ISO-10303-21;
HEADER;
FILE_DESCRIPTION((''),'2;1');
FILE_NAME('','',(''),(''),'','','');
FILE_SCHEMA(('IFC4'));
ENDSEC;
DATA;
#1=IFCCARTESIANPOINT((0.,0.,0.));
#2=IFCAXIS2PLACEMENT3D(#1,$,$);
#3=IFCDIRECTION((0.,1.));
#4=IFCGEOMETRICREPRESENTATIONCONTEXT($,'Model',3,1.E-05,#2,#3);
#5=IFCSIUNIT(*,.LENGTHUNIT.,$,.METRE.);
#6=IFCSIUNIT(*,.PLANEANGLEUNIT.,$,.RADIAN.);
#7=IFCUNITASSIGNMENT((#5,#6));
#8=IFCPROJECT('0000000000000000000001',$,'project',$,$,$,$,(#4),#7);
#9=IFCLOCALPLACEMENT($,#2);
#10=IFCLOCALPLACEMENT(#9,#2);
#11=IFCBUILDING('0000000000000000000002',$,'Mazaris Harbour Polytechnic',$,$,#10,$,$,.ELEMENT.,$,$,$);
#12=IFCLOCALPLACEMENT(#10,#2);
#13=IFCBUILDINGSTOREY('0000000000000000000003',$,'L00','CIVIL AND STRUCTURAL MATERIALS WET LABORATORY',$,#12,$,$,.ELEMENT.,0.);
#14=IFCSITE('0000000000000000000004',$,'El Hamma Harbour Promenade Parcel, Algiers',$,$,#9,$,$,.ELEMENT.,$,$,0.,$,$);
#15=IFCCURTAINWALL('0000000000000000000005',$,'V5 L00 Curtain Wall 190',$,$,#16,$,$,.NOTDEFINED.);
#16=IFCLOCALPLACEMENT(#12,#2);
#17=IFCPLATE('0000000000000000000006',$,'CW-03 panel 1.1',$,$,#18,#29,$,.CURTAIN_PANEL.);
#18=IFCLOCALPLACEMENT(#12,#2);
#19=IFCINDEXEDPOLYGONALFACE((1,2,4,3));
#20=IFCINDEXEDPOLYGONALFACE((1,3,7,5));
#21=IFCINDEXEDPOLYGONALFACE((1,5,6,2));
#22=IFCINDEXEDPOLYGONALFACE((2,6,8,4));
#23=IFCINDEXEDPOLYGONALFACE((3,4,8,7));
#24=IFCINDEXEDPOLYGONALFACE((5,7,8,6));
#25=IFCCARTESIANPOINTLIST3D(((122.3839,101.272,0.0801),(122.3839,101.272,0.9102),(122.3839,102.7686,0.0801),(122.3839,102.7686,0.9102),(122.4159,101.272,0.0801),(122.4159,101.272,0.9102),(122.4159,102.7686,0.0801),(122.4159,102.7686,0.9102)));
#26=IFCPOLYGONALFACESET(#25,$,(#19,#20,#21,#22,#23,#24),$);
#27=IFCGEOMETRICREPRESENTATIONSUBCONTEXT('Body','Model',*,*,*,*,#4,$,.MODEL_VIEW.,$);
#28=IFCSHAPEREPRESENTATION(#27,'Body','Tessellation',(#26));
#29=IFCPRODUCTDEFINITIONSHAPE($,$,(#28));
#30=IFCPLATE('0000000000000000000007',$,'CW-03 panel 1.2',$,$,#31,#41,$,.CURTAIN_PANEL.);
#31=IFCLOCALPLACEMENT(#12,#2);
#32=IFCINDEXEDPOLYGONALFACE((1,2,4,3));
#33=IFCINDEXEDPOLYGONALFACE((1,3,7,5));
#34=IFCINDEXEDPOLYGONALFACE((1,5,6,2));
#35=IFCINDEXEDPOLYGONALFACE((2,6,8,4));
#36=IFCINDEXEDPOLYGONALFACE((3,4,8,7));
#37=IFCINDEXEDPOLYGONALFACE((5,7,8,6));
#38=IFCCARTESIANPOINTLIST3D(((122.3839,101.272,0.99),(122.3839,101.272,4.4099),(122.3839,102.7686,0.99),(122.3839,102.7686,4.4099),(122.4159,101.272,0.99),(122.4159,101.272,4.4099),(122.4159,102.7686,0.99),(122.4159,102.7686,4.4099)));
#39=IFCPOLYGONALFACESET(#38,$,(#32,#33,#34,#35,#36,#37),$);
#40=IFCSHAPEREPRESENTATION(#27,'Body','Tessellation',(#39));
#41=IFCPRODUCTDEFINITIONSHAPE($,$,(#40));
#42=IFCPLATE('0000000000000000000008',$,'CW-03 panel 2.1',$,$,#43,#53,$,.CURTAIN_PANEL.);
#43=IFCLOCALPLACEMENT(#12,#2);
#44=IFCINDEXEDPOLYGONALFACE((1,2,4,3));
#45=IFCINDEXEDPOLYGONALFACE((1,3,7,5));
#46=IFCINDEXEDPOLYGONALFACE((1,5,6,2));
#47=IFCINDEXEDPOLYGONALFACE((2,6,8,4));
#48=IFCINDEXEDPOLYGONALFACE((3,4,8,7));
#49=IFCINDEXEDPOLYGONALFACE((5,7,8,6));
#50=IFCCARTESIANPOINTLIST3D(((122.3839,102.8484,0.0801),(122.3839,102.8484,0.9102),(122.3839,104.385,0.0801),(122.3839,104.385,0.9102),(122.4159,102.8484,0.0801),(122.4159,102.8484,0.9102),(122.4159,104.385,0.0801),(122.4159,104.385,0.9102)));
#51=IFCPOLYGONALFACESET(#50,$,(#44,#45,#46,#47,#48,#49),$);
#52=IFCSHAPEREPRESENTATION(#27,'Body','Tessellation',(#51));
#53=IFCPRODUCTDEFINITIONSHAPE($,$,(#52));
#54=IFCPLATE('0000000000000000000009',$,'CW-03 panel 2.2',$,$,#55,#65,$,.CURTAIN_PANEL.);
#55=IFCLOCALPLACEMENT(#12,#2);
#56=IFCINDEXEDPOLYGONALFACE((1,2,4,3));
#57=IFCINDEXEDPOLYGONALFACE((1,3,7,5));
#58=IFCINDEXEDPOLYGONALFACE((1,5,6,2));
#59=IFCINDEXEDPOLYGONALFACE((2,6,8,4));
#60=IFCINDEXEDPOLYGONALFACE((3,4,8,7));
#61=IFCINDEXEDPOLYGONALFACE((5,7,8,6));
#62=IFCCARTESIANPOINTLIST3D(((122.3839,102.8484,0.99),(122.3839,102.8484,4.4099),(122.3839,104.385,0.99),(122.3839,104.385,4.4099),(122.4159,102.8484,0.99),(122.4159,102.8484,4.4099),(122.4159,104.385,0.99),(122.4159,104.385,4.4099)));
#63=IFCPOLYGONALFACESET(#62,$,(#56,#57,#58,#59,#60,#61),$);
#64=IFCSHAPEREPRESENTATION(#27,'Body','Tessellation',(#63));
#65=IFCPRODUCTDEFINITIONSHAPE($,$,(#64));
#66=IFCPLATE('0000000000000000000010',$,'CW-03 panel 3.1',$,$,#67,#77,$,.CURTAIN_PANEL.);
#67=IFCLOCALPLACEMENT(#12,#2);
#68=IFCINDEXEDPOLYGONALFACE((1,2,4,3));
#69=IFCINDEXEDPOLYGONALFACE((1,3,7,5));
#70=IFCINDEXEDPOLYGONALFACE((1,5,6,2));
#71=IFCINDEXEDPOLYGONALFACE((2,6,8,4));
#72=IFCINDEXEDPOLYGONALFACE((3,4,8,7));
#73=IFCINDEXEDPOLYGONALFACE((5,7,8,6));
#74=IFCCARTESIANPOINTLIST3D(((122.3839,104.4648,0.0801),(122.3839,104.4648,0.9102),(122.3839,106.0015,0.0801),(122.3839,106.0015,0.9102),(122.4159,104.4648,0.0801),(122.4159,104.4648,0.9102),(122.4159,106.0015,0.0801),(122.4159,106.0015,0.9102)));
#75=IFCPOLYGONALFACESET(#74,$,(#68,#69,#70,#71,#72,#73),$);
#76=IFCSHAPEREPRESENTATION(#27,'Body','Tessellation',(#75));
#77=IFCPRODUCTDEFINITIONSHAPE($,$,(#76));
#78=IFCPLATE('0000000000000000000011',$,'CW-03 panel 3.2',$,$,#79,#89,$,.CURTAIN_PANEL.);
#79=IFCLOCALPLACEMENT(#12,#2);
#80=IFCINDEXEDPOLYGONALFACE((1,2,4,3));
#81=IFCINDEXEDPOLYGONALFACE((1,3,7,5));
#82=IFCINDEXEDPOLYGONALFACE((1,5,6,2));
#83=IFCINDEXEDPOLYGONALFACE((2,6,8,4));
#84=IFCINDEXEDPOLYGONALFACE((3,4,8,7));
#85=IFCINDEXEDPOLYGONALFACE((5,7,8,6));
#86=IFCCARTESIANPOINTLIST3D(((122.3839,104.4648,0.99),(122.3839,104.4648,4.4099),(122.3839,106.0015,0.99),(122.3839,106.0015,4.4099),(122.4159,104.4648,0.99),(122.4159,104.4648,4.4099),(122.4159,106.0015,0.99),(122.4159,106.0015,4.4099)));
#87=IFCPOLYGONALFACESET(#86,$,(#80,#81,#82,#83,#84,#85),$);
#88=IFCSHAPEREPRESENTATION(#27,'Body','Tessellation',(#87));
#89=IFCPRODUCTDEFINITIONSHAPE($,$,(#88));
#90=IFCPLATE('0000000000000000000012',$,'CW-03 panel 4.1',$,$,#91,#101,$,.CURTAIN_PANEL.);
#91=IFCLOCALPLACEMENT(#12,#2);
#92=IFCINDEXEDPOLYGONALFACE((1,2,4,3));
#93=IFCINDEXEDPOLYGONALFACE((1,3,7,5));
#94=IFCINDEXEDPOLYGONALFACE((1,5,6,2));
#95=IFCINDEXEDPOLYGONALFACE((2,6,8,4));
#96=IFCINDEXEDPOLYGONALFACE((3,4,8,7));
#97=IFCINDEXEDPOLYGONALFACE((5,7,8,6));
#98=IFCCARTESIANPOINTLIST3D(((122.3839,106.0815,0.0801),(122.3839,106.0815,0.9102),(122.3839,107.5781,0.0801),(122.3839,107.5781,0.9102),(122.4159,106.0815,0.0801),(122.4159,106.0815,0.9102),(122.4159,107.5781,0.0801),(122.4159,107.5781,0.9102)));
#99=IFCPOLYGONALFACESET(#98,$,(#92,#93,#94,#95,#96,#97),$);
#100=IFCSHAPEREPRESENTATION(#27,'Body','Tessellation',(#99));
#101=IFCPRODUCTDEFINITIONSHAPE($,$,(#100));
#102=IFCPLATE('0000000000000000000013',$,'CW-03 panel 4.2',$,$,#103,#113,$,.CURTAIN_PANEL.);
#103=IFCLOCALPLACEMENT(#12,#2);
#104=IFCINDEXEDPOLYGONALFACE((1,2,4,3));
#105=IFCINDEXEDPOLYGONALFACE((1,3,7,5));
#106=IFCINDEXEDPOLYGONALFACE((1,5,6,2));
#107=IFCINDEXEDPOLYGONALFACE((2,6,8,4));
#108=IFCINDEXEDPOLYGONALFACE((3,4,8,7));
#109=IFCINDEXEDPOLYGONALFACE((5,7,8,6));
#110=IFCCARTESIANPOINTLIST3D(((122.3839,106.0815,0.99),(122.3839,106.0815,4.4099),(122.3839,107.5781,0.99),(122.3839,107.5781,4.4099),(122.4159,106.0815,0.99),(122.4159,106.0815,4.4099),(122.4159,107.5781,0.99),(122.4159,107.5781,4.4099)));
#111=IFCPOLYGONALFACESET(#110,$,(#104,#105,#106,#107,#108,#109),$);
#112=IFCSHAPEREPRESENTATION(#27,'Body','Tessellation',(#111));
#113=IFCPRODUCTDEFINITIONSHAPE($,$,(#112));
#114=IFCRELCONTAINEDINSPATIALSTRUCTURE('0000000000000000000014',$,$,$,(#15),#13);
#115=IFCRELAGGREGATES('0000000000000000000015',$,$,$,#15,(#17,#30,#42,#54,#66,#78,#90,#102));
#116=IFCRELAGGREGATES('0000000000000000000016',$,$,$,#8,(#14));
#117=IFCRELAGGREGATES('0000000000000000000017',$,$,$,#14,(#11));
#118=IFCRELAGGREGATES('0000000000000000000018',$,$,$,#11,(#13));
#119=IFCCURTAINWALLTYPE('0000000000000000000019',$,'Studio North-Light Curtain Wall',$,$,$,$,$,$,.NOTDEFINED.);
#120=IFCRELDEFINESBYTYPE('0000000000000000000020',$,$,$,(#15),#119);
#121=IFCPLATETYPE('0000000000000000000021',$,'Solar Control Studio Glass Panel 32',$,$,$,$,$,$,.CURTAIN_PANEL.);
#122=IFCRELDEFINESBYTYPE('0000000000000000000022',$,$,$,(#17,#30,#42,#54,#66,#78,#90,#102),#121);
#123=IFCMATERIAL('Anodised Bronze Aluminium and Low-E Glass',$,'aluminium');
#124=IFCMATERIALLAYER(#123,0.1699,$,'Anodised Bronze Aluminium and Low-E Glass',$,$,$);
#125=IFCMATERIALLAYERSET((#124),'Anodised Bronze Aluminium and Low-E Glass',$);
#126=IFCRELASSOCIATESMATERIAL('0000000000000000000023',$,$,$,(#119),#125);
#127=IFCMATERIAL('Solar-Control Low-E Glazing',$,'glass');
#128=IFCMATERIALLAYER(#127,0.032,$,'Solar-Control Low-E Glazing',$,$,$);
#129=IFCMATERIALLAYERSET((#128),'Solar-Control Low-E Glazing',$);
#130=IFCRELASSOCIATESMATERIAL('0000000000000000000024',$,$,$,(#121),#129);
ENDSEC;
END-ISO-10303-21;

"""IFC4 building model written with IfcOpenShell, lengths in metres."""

from ifc_helpers import new_model, si_unit, direction, frame, origin, origin_2d, place, context, subcontext, project, spatial, rectangle, extrude, material, layer, layer_set, type_object, element, aggregate, save


model = new_model("IFC4")

# Units and contexts
model_context = context("Model", 3, precision=1e-05, world=origin(), true_north=direction((0.0, 1.0)))
body_context = subcontext(model_context, "Body", "Model", "MODEL_VIEW")
ifc_project = project(units=[si_unit("LENGTHUNIT", "METRE"), si_unit("PLANEANGLEUNIT", "RADIAN")], contexts=[model_context])

# Site, building, storey
site_placement = place(None, origin())
site = spatial("IfcSite", under=ifc_project, at=site_placement, Name="El Hamma Harbour Promenade Parcel, Algiers", CompositionType="ELEMENT", RefElevation=0.0)
building_placement = place(site_placement, origin())
building = spatial("IfcBuilding", under=site, at=building_placement, Name="Mazaris Harbour Polytechnic", CompositionType="ELEMENT")
storey_placement = place(building_placement, origin())
storey = spatial("IfcBuildingStorey", under=building, at=storey_placement, Name="L00", Description="CIVIL AND STRUCTURAL MATERIALS WET LABORATORY", CompositionType="ELEMENT", Elevation=0.0)

# Shared definitions
ifc_material_1 = material(Name="Anodised Bronze Aluminium and Low-E Glass", Category="aluminium")
ifc_layer_1 = layer(ifc_material_1, 0.1699, Name="Anodised Bronze Aluminium and Low-E Glass")
ifc_layer_set_1 = layer_set([ifc_layer_1], Name="Anodised Bronze Aluminium and Low-E Glass")
curtain_wall_type = type_object("IfcCurtainWallType", Name="Studio North-Light Curtain Wall", PredefinedType="NOTDEFINED", material=ifc_layer_set_1)

# Curtain wall
curtain_wall_1_placement = place(storey_placement, origin())
curtain_wall_1 = element("IfcCurtainWall", 1, at=curtain_wall_1_placement, inside=storey, type_object=curtain_wall_type, Name="V5 L00 Curtain Wall 190", PredefinedType="NOTDEFINED")

# Plates
ifc_material_2 = material(Name="Solar-Control Low-E Glazing", Category="glass")
ifc_layer_2 = layer(ifc_material_2, 0.032, Name="Solar-Control Low-E Glazing")
ifc_layer_set_2 = layer_set([ifc_layer_2], Name="Solar-Control Low-E Glazing")
plate_type = type_object("IfcPlateType", Name="Solar Control Studio Glass Panel 32", PredefinedType="CURTAIN_PANEL", material=ifc_layer_set_2)
plate_1_placement = place(storey_placement, frame((122.3999, 102.0203, 0.0801), z_axis=(0.0, 0.0, 1.0), x_axis=(0.0, 1.0, 0.0)))
plate_1 = element("IfcPlate", 2, at=plate_1_placement, type_object=plate_type, Name="CW-03 panel 1.1", PredefinedType="CURTAIN_PANEL", context=body_context, shape_type="SweptSolid", body=[
    extrude(rectangle(XDim=1.4966, YDim=0.032, at=origin_2d()), origin(), (0.0, 0.0, 1.0), 0.8301),
])
plate_2_placement = place(storey_placement, frame((122.3999, 102.0203, 0.99), z_axis=(0.0, 0.0, 1.0), x_axis=(0.0, 1.0, 0.0)))
plate_2 = element("IfcPlate", 3, at=plate_2_placement, type_object=plate_type, Name="CW-03 panel 1.2", PredefinedType="CURTAIN_PANEL", context=body_context, shape_type="SweptSolid", body=[
    extrude(rectangle(XDim=1.4966, YDim=0.032, at=origin_2d()), origin(), (0.0, 0.0, 1.0), 3.4199),
])
plate_3_placement = place(storey_placement, frame((122.3999, 103.6167, 0.0801), z_axis=(0.0, 0.0, 1.0), x_axis=(0.0, 1.0, 0.0)))
plate_3 = element("IfcPlate", 4, at=plate_3_placement, type_object=plate_type, Name="CW-03 panel 2.1", PredefinedType="CURTAIN_PANEL", context=body_context, shape_type="SweptSolid", body=[
    extrude(rectangle(XDim=1.5366, YDim=0.032, at=origin_2d()), origin(), (0.0, 0.0, 1.0), 0.8301),
])
plate_4_placement = place(storey_placement, frame((122.3999, 103.6167, 0.99), z_axis=(0.0, 0.0, 1.0), x_axis=(0.0, 1.0, 0.0)))
plate_4 = element("IfcPlate", 5, at=plate_4_placement, type_object=plate_type, Name="CW-03 panel 2.2", PredefinedType="CURTAIN_PANEL", context=body_context, shape_type="SweptSolid", body=[
    extrude(rectangle(XDim=1.5366, YDim=0.032, at=origin_2d()), origin(), (0.0, 0.0, 1.0), 3.4199),
])
plate_5_placement = place(storey_placement, frame((122.3999, 105.2332, 0.0801), z_axis=(0.0, 0.0, 1.0), x_axis=(0.0, 1.0, 0.0)))
plate_5 = element("IfcPlate", 6, at=plate_5_placement, type_object=plate_type, Name="CW-03 panel 3.1", PredefinedType="CURTAIN_PANEL", context=body_context, shape_type="SweptSolid", body=[
    extrude(rectangle(XDim=1.5366, YDim=0.032, at=origin_2d()), origin(), (0.0, 0.0, 1.0), 0.8301),
])
plate_6_placement = place(storey_placement, frame((122.3999, 105.2332, 0.99), z_axis=(0.0, 0.0, 1.0), x_axis=(0.0, 1.0, 0.0)))
plate_6 = element("IfcPlate", 7, at=plate_6_placement, type_object=plate_type, Name="CW-03 panel 3.2", PredefinedType="CURTAIN_PANEL", context=body_context, shape_type="SweptSolid", body=[
    extrude(rectangle(XDim=1.5366, YDim=0.032, at=origin_2d()), origin(), (0.0, 0.0, 1.0), 3.4199),
])
plate_7_placement = place(storey_placement, frame((122.3999, 106.8298, 0.0801), z_axis=(0.0, 0.0, 1.0), x_axis=(0.0, 1.0, 0.0)))
plate_7 = element("IfcPlate", 8, at=plate_7_placement, type_object=plate_type, Name="CW-03 panel 4.1", PredefinedType="CURTAIN_PANEL", context=body_context, shape_type="SweptSolid", body=[
    extrude(rectangle(XDim=1.4966, YDim=0.032, at=origin_2d()), origin(), (0.0, 0.0, 1.0), 0.8301),
])
plate_8_placement = place(storey_placement, frame((122.3999, 106.8298, 0.99), z_axis=(0.0, 0.0, 1.0), x_axis=(0.0, 1.0, 0.0)))
plate_8 = element("IfcPlate", 9, at=plate_8_placement, type_object=plate_type, Name="CW-03 panel 4.2", PredefinedType="CURTAIN_PANEL", context=body_context, shape_type="SweptSolid", body=[
    extrude(rectangle(XDim=1.4966, YDim=0.032, at=origin_2d()), origin(), (0.0, 0.0, 1.0), 3.4199),
])
aggregate(curtain_wall_1, [plate_1, plate_2, plate_3, plate_4, plate_5, plate_6, plate_7, plate_8])

save(model, "model.ifc")
